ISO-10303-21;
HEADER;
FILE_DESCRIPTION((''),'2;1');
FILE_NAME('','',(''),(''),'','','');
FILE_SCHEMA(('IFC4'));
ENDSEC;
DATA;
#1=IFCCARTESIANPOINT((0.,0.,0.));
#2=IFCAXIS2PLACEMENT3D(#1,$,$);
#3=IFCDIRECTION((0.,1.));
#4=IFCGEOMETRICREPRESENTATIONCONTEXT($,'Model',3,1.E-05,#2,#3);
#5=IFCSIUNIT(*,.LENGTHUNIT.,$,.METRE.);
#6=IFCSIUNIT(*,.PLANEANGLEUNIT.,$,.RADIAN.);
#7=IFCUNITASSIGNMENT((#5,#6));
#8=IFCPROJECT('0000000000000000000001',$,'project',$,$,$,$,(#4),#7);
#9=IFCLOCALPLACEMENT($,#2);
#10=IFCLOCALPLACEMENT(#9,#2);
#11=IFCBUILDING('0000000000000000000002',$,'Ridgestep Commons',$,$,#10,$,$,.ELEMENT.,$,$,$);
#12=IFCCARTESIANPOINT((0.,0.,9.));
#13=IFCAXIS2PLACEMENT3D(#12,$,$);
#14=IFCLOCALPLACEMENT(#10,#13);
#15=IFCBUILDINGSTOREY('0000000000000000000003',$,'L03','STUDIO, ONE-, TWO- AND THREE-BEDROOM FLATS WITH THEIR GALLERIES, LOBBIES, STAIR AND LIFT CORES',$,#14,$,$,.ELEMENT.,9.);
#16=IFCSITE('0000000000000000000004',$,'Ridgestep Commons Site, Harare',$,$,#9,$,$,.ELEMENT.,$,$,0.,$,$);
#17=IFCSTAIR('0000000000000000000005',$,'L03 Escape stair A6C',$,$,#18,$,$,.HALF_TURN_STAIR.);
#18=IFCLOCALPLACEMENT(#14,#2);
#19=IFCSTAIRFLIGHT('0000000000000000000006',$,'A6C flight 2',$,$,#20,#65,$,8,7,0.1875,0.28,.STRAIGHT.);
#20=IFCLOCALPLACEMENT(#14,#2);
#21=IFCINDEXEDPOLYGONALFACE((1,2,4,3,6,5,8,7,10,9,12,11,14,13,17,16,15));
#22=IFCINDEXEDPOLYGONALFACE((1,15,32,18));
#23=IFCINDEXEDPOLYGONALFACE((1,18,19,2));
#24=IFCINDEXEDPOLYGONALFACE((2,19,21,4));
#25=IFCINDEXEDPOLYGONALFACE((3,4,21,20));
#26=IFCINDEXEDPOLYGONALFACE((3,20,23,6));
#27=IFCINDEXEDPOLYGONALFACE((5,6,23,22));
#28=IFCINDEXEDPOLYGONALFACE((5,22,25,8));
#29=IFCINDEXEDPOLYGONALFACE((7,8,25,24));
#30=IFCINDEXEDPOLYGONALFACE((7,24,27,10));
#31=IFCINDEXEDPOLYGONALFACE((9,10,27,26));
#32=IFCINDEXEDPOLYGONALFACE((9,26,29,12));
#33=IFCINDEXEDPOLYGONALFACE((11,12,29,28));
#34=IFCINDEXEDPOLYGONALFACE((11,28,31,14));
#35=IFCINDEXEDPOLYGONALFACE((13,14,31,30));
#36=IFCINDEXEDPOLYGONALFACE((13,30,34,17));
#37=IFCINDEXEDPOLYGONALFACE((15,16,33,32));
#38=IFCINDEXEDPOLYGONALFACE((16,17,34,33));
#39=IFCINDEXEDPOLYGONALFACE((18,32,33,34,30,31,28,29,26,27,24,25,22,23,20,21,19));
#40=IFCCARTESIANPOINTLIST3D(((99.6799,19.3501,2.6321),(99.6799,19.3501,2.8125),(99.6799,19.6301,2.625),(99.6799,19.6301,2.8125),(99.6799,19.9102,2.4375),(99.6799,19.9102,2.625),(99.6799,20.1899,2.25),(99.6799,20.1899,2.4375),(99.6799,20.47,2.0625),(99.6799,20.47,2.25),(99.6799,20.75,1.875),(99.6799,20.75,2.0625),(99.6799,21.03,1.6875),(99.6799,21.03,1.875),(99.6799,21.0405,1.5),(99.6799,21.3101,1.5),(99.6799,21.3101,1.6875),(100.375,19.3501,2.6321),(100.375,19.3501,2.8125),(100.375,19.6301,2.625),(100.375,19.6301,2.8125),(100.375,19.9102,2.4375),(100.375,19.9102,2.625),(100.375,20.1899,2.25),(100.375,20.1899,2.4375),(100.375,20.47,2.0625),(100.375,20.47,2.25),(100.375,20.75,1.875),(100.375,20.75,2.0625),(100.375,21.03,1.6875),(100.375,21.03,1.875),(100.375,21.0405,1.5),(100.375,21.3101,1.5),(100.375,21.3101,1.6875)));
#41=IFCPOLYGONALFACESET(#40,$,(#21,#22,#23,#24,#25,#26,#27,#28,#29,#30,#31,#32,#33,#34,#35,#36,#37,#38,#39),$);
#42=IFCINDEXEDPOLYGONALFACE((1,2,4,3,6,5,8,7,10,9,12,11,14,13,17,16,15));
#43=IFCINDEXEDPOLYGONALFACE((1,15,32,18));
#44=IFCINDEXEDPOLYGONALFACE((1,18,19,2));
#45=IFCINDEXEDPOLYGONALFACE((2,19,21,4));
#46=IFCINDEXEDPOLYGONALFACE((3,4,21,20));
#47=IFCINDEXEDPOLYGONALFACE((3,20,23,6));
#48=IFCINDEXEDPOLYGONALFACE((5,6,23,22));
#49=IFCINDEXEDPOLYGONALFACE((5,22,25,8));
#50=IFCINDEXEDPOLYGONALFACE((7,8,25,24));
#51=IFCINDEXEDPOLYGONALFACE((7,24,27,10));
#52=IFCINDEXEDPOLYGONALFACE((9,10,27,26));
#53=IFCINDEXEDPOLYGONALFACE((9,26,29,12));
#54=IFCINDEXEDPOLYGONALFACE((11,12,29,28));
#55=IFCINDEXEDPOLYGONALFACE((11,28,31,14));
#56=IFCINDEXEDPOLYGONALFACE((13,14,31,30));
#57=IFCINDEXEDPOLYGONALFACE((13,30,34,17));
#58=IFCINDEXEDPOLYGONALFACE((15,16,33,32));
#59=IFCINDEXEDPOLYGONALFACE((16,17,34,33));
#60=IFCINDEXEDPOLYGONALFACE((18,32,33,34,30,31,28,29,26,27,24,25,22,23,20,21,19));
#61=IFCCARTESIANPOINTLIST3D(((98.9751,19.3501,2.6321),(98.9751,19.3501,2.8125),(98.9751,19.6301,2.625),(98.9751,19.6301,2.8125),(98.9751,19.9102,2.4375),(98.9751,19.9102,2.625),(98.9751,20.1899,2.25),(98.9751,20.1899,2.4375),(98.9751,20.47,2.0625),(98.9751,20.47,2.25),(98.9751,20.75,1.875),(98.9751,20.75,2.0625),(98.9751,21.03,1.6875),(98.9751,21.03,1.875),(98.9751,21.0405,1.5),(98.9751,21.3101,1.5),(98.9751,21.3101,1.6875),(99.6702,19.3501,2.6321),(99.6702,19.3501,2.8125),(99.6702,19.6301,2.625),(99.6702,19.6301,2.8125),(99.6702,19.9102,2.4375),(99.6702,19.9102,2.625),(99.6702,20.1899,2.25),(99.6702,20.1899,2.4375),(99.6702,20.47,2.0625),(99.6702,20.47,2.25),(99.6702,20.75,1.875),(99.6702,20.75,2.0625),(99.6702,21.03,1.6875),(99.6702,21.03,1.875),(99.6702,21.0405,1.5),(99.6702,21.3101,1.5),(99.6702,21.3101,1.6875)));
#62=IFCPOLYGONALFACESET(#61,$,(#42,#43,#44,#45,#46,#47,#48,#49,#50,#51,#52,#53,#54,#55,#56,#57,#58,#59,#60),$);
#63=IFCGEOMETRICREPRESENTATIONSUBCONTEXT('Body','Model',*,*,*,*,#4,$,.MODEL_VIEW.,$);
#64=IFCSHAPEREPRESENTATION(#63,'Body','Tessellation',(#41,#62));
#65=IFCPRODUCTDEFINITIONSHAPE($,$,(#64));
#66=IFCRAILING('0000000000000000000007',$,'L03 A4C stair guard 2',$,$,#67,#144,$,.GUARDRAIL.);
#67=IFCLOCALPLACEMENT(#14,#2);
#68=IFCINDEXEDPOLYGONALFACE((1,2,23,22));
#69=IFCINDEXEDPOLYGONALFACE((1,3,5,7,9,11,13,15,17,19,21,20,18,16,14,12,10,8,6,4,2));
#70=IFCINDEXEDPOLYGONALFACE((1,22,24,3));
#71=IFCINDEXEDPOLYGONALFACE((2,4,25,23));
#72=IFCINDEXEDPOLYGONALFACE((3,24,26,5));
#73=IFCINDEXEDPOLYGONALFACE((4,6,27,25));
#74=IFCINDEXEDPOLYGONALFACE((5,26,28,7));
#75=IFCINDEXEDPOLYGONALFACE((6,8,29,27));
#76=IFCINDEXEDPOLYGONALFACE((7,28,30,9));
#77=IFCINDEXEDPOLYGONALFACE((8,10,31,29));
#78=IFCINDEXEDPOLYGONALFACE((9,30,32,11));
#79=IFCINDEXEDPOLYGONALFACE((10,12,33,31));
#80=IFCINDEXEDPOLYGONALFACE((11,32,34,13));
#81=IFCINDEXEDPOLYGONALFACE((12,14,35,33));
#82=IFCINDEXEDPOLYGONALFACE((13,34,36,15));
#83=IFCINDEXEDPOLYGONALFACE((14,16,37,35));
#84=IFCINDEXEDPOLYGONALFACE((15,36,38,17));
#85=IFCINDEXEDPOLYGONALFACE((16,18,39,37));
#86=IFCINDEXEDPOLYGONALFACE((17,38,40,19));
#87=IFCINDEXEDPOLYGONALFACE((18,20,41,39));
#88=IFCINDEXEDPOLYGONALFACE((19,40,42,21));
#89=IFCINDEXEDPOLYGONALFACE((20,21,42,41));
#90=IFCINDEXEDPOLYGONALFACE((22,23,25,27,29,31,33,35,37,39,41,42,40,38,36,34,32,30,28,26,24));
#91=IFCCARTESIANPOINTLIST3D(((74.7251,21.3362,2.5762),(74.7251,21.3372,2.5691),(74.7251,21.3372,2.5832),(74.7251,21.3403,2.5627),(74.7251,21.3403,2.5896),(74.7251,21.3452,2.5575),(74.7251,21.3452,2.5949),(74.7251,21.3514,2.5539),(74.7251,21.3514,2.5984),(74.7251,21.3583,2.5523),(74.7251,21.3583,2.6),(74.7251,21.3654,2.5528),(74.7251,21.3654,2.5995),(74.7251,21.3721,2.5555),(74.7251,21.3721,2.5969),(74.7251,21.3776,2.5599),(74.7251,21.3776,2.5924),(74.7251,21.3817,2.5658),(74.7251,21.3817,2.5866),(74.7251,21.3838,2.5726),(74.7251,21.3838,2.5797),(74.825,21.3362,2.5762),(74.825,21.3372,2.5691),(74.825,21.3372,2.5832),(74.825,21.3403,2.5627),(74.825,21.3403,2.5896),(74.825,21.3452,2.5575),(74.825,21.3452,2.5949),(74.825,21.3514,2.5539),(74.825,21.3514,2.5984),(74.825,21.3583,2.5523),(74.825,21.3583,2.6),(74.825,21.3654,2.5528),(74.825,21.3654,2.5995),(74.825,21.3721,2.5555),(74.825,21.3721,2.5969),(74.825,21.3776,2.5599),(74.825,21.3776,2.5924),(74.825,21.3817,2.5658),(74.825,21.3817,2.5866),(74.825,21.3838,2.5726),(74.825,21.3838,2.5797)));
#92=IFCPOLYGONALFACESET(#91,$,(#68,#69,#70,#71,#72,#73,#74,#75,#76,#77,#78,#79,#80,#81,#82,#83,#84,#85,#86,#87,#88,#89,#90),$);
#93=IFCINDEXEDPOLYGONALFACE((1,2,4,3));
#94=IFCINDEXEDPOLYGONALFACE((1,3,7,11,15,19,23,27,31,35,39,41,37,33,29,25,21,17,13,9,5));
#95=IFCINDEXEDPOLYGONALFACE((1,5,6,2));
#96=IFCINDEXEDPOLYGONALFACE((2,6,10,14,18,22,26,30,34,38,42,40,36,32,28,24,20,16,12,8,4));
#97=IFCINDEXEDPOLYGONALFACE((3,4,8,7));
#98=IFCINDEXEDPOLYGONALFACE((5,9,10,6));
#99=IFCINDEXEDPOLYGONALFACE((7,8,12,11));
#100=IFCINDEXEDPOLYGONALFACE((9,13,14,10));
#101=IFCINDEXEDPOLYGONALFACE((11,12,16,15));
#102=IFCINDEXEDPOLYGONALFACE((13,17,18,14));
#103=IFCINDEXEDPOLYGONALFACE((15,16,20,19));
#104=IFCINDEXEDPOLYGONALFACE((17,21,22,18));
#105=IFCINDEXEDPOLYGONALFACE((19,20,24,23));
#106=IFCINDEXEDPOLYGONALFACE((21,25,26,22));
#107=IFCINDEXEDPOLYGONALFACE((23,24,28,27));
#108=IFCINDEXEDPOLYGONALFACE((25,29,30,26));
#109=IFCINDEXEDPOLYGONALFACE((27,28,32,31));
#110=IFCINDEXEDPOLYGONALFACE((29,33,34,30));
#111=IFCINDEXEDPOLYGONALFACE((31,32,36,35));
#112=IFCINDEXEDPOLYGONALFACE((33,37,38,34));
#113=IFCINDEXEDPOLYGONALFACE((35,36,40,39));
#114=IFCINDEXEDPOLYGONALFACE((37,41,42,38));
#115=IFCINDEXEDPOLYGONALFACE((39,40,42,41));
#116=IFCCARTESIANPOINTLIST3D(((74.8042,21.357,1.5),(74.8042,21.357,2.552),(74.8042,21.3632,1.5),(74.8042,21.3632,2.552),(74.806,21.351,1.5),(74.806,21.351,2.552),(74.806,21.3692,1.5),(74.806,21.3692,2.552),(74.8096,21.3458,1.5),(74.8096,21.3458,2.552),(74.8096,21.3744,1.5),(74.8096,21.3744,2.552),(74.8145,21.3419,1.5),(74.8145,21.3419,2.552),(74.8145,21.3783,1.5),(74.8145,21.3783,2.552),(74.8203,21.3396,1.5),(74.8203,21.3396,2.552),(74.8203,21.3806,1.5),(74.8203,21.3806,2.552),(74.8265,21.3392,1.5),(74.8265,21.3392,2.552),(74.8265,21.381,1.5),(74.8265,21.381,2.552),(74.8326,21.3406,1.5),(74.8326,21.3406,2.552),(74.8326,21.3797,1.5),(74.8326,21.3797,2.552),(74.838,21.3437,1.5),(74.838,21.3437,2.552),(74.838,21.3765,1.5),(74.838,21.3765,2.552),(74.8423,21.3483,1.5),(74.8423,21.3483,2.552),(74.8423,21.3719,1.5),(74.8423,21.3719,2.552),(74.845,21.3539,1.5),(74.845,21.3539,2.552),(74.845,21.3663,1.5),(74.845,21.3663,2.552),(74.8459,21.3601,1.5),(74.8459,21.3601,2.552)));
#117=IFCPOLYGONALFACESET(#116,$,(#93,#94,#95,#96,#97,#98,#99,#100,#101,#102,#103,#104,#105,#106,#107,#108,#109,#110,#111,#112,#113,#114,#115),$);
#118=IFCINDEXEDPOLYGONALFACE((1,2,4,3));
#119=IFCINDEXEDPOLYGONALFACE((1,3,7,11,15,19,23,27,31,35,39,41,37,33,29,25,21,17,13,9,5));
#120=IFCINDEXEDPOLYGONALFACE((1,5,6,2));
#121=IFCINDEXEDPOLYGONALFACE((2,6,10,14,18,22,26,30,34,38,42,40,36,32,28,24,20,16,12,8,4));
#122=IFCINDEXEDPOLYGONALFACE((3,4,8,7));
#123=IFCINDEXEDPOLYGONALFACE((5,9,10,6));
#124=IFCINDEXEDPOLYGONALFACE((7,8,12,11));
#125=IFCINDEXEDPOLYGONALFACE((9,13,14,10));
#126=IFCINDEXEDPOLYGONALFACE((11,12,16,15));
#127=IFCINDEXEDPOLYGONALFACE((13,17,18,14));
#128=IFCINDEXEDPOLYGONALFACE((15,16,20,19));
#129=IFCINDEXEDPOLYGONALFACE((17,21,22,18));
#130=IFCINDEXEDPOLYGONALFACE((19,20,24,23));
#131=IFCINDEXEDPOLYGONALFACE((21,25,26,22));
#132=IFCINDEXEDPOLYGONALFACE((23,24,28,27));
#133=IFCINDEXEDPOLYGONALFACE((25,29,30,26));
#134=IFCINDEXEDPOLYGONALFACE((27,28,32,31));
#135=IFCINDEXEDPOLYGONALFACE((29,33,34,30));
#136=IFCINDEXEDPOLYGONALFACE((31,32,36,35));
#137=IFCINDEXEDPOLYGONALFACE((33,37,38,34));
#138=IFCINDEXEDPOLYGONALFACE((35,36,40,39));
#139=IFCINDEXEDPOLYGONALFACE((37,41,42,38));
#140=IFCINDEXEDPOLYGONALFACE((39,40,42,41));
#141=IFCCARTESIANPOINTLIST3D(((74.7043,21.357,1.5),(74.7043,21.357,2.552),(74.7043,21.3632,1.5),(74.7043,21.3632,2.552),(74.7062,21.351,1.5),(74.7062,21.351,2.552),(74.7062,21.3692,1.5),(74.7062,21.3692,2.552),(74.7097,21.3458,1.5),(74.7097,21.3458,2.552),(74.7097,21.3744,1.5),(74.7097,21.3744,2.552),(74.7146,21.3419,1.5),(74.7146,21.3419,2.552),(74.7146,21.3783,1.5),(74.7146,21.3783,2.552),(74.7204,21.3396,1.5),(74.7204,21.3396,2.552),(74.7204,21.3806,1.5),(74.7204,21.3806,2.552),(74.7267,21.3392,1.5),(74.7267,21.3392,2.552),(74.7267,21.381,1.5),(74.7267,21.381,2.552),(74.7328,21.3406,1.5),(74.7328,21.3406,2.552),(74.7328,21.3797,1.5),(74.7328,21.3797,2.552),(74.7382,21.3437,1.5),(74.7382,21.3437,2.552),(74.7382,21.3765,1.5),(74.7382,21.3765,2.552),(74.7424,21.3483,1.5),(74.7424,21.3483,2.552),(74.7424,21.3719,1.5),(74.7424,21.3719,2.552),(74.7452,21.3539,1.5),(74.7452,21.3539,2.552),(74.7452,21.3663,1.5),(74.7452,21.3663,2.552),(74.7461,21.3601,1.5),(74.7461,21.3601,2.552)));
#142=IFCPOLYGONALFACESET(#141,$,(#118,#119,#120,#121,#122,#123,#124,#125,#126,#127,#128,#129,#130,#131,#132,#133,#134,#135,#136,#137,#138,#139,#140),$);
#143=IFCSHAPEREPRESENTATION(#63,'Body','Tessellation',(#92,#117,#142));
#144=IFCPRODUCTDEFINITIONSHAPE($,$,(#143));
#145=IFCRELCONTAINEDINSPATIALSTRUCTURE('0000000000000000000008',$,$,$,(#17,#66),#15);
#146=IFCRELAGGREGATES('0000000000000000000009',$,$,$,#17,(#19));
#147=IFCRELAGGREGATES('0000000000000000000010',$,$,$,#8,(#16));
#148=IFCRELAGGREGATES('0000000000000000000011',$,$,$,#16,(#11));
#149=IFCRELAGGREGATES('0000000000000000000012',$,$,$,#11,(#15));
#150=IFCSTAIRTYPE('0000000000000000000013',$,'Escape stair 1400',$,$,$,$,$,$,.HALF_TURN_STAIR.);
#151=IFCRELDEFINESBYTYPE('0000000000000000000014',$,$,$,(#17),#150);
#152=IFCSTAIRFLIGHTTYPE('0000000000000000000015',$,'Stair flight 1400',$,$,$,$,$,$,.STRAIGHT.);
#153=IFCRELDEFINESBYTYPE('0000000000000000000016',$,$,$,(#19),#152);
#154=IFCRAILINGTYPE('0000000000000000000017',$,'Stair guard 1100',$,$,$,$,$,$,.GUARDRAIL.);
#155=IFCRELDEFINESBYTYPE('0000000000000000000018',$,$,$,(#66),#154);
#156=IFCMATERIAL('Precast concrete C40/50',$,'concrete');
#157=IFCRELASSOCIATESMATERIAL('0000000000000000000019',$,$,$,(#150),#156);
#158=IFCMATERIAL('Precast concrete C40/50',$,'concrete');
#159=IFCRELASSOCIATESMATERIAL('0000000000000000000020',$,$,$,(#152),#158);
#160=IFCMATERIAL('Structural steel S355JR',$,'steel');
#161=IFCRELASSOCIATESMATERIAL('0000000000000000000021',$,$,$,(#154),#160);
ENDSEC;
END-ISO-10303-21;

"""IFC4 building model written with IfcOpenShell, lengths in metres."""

from ifc_helpers import new_model, si_unit, direction, frame, origin, origin_2d, place, context, subcontext, project, spatial, polyline, circle, outline, extrude, material, type_object, element, aggregate, save


model = new_model("IFC4")

# Units and contexts
model_context = context("Model", 3, precision=1e-05, world=origin(), true_north=direction((0.0, 1.0)))
body_context = subcontext(model_context, "Body", "Model", "MODEL_VIEW")
ifc_project = project(units=[si_unit("LENGTHUNIT", "METRE"), si_unit("PLANEANGLEUNIT", "RADIAN")], contexts=[model_context])

# Site, building, storey
site_placement = place(None, origin())
site = spatial("IfcSite", under=ifc_project, at=site_placement, Name="Ridgestep Commons Site, Harare", CompositionType="ELEMENT", RefElevation=0.0)
building_placement = place(site_placement, origin())
building = spatial("IfcBuilding", under=site, at=building_placement, Name="Ridgestep Commons", CompositionType="ELEMENT")
storey_placement = place(building_placement, frame((0.0, 0.0, 9.0)))
storey = spatial("IfcBuildingStorey", under=building, at=storey_placement, Name="L03", Description="STUDIO, ONE-, TWO- AND THREE-BEDROOM FLATS WITH THEIR GALLERIES, LOBBIES, STAIR AND LIFT CORES", CompositionType="ELEMENT", Elevation=9.0)

# Stair, stair flight
ifc_material_1 = material(Name="Precast concrete C40/50", Category="concrete")
stair_type = type_object("IfcStairType", Name="Escape stair 1400", PredefinedType="HALF_TURN_STAIR", material=ifc_material_1)
ifc_material_2 = material(Name="Precast concrete C40/50", Category="concrete")
stair_flight_type = type_object("IfcStairFlightType", Name="Stair flight 1400", PredefinedType="STRAIGHT", material=ifc_material_2)
stair_1_placement = place(storey_placement, origin())
stair_1 = element("IfcStair", 1, at=stair_1_placement, inside=storey, type_object=stair_type, Name="L03 Escape stair A6C", PredefinedType="HALF_TURN_STAIR")
stair_flight_1_placement = place(storey_placement, frame((99.675, 21.3101, 1.5), z_axis=(0.0, 0.0, 1.0), x_axis=(0.0, -1.0, 0.0)))
stair_flight_1 = element("IfcStairFlight", 2, at=stair_flight_1_placement, type_object=stair_flight_type, Name="A6C flight 2", NumberOfRisers=8, NumberOfTreads=7, PredefinedType="STRAIGHT", RiserHeight=0.1875, TreadLength=0.28, context=body_context, shape_type="SweptSolid", body=[
    extrude(outline(polyline([(0.0, 0.0), (0.0, 0.1875), (0.28, 0.1875), (0.28, 0.375), (0.5601, 0.375), (0.5601, 0.5625), (0.8401, 0.5625), (0.8401, 0.75), (1.1201, 0.75), (1.1201, 0.9375), (1.3999, 0.9375), (1.3999, 1.125), (1.6799, 1.125), (1.6799, 1.3125), (1.96, 1.3125), (1.96, 1.5), (1.96, 1.1321), (0.2695, 0.0), (0.0, 0.0)])), frame((0.0, 0.7, 0.0), z_axis=(0.0, -1.0, 0.0), x_axis=(1.0, 0.0, 0.0)), (0.0, 0.0, 1.0), 0.6951),
    extrude(outline(polyline([(0.0, 0.0), (0.0, 0.1875), (0.28, 0.1875), (0.28, 0.375), (0.5601, 0.375), (0.5601, 0.5625), (0.8401, 0.5625), (0.8401, 0.75), (1.1201, 0.75), (1.1201, 0.9375), (1.3999, 0.9375), (1.3999, 1.125), (1.6799, 1.125), (1.6799, 1.3125), (1.96, 1.3125), (1.96, 1.5), (1.96, 1.1321), (0.2695, 0.0), (0.0, 0.0)])), frame((0.0, -0.0049, 0.0), z_axis=(0.0, -1.0, 0.0), x_axis=(1.0, 0.0, 0.0)), (0.0, 0.0, 1.0), 0.6951),
])
aggregate(stair_1, [stair_flight_1])

# Railing
ifc_material_3 = material(Name="Structural steel S355JR", Category="steel")
railing_type_1 = type_object("IfcRailingType", Name="Stair guard 1100", PredefinedType="GUARDRAIL", material=ifc_material_3)
railing_1_placement = place(storey_placement, frame((74.825, 21.3601, 1.5)))
element("IfcRailing", 3, at=railing_1_placement, inside=storey, type_object=railing_type_1, Name="L03 A4C stair guard 2", PredefinedType="GUARDRAIL", context=body_context, shape_type="SweptSolid", body=[
    extrude(circle(Radius=0.0239, at=origin_2d()), frame((0.0, 0.0, 1.0762), z_axis=(-1.0, 0.0, 0.0), x_axis=(0.0, -1.0, 0.0)), (0.0, 0.0, 1.0), 0.0999),
    extrude(circle(Radius=0.021, at=origin_2d()), origin(), (0.0, 0.0, 1.0), 1.052),
    extrude(circle(Radius=0.021, at=origin_2d()), frame((-0.0999, 0.0, 0.0)), (0.0, 0.0, 1.0), 1.052),
])

save(model, "model.ifc")
